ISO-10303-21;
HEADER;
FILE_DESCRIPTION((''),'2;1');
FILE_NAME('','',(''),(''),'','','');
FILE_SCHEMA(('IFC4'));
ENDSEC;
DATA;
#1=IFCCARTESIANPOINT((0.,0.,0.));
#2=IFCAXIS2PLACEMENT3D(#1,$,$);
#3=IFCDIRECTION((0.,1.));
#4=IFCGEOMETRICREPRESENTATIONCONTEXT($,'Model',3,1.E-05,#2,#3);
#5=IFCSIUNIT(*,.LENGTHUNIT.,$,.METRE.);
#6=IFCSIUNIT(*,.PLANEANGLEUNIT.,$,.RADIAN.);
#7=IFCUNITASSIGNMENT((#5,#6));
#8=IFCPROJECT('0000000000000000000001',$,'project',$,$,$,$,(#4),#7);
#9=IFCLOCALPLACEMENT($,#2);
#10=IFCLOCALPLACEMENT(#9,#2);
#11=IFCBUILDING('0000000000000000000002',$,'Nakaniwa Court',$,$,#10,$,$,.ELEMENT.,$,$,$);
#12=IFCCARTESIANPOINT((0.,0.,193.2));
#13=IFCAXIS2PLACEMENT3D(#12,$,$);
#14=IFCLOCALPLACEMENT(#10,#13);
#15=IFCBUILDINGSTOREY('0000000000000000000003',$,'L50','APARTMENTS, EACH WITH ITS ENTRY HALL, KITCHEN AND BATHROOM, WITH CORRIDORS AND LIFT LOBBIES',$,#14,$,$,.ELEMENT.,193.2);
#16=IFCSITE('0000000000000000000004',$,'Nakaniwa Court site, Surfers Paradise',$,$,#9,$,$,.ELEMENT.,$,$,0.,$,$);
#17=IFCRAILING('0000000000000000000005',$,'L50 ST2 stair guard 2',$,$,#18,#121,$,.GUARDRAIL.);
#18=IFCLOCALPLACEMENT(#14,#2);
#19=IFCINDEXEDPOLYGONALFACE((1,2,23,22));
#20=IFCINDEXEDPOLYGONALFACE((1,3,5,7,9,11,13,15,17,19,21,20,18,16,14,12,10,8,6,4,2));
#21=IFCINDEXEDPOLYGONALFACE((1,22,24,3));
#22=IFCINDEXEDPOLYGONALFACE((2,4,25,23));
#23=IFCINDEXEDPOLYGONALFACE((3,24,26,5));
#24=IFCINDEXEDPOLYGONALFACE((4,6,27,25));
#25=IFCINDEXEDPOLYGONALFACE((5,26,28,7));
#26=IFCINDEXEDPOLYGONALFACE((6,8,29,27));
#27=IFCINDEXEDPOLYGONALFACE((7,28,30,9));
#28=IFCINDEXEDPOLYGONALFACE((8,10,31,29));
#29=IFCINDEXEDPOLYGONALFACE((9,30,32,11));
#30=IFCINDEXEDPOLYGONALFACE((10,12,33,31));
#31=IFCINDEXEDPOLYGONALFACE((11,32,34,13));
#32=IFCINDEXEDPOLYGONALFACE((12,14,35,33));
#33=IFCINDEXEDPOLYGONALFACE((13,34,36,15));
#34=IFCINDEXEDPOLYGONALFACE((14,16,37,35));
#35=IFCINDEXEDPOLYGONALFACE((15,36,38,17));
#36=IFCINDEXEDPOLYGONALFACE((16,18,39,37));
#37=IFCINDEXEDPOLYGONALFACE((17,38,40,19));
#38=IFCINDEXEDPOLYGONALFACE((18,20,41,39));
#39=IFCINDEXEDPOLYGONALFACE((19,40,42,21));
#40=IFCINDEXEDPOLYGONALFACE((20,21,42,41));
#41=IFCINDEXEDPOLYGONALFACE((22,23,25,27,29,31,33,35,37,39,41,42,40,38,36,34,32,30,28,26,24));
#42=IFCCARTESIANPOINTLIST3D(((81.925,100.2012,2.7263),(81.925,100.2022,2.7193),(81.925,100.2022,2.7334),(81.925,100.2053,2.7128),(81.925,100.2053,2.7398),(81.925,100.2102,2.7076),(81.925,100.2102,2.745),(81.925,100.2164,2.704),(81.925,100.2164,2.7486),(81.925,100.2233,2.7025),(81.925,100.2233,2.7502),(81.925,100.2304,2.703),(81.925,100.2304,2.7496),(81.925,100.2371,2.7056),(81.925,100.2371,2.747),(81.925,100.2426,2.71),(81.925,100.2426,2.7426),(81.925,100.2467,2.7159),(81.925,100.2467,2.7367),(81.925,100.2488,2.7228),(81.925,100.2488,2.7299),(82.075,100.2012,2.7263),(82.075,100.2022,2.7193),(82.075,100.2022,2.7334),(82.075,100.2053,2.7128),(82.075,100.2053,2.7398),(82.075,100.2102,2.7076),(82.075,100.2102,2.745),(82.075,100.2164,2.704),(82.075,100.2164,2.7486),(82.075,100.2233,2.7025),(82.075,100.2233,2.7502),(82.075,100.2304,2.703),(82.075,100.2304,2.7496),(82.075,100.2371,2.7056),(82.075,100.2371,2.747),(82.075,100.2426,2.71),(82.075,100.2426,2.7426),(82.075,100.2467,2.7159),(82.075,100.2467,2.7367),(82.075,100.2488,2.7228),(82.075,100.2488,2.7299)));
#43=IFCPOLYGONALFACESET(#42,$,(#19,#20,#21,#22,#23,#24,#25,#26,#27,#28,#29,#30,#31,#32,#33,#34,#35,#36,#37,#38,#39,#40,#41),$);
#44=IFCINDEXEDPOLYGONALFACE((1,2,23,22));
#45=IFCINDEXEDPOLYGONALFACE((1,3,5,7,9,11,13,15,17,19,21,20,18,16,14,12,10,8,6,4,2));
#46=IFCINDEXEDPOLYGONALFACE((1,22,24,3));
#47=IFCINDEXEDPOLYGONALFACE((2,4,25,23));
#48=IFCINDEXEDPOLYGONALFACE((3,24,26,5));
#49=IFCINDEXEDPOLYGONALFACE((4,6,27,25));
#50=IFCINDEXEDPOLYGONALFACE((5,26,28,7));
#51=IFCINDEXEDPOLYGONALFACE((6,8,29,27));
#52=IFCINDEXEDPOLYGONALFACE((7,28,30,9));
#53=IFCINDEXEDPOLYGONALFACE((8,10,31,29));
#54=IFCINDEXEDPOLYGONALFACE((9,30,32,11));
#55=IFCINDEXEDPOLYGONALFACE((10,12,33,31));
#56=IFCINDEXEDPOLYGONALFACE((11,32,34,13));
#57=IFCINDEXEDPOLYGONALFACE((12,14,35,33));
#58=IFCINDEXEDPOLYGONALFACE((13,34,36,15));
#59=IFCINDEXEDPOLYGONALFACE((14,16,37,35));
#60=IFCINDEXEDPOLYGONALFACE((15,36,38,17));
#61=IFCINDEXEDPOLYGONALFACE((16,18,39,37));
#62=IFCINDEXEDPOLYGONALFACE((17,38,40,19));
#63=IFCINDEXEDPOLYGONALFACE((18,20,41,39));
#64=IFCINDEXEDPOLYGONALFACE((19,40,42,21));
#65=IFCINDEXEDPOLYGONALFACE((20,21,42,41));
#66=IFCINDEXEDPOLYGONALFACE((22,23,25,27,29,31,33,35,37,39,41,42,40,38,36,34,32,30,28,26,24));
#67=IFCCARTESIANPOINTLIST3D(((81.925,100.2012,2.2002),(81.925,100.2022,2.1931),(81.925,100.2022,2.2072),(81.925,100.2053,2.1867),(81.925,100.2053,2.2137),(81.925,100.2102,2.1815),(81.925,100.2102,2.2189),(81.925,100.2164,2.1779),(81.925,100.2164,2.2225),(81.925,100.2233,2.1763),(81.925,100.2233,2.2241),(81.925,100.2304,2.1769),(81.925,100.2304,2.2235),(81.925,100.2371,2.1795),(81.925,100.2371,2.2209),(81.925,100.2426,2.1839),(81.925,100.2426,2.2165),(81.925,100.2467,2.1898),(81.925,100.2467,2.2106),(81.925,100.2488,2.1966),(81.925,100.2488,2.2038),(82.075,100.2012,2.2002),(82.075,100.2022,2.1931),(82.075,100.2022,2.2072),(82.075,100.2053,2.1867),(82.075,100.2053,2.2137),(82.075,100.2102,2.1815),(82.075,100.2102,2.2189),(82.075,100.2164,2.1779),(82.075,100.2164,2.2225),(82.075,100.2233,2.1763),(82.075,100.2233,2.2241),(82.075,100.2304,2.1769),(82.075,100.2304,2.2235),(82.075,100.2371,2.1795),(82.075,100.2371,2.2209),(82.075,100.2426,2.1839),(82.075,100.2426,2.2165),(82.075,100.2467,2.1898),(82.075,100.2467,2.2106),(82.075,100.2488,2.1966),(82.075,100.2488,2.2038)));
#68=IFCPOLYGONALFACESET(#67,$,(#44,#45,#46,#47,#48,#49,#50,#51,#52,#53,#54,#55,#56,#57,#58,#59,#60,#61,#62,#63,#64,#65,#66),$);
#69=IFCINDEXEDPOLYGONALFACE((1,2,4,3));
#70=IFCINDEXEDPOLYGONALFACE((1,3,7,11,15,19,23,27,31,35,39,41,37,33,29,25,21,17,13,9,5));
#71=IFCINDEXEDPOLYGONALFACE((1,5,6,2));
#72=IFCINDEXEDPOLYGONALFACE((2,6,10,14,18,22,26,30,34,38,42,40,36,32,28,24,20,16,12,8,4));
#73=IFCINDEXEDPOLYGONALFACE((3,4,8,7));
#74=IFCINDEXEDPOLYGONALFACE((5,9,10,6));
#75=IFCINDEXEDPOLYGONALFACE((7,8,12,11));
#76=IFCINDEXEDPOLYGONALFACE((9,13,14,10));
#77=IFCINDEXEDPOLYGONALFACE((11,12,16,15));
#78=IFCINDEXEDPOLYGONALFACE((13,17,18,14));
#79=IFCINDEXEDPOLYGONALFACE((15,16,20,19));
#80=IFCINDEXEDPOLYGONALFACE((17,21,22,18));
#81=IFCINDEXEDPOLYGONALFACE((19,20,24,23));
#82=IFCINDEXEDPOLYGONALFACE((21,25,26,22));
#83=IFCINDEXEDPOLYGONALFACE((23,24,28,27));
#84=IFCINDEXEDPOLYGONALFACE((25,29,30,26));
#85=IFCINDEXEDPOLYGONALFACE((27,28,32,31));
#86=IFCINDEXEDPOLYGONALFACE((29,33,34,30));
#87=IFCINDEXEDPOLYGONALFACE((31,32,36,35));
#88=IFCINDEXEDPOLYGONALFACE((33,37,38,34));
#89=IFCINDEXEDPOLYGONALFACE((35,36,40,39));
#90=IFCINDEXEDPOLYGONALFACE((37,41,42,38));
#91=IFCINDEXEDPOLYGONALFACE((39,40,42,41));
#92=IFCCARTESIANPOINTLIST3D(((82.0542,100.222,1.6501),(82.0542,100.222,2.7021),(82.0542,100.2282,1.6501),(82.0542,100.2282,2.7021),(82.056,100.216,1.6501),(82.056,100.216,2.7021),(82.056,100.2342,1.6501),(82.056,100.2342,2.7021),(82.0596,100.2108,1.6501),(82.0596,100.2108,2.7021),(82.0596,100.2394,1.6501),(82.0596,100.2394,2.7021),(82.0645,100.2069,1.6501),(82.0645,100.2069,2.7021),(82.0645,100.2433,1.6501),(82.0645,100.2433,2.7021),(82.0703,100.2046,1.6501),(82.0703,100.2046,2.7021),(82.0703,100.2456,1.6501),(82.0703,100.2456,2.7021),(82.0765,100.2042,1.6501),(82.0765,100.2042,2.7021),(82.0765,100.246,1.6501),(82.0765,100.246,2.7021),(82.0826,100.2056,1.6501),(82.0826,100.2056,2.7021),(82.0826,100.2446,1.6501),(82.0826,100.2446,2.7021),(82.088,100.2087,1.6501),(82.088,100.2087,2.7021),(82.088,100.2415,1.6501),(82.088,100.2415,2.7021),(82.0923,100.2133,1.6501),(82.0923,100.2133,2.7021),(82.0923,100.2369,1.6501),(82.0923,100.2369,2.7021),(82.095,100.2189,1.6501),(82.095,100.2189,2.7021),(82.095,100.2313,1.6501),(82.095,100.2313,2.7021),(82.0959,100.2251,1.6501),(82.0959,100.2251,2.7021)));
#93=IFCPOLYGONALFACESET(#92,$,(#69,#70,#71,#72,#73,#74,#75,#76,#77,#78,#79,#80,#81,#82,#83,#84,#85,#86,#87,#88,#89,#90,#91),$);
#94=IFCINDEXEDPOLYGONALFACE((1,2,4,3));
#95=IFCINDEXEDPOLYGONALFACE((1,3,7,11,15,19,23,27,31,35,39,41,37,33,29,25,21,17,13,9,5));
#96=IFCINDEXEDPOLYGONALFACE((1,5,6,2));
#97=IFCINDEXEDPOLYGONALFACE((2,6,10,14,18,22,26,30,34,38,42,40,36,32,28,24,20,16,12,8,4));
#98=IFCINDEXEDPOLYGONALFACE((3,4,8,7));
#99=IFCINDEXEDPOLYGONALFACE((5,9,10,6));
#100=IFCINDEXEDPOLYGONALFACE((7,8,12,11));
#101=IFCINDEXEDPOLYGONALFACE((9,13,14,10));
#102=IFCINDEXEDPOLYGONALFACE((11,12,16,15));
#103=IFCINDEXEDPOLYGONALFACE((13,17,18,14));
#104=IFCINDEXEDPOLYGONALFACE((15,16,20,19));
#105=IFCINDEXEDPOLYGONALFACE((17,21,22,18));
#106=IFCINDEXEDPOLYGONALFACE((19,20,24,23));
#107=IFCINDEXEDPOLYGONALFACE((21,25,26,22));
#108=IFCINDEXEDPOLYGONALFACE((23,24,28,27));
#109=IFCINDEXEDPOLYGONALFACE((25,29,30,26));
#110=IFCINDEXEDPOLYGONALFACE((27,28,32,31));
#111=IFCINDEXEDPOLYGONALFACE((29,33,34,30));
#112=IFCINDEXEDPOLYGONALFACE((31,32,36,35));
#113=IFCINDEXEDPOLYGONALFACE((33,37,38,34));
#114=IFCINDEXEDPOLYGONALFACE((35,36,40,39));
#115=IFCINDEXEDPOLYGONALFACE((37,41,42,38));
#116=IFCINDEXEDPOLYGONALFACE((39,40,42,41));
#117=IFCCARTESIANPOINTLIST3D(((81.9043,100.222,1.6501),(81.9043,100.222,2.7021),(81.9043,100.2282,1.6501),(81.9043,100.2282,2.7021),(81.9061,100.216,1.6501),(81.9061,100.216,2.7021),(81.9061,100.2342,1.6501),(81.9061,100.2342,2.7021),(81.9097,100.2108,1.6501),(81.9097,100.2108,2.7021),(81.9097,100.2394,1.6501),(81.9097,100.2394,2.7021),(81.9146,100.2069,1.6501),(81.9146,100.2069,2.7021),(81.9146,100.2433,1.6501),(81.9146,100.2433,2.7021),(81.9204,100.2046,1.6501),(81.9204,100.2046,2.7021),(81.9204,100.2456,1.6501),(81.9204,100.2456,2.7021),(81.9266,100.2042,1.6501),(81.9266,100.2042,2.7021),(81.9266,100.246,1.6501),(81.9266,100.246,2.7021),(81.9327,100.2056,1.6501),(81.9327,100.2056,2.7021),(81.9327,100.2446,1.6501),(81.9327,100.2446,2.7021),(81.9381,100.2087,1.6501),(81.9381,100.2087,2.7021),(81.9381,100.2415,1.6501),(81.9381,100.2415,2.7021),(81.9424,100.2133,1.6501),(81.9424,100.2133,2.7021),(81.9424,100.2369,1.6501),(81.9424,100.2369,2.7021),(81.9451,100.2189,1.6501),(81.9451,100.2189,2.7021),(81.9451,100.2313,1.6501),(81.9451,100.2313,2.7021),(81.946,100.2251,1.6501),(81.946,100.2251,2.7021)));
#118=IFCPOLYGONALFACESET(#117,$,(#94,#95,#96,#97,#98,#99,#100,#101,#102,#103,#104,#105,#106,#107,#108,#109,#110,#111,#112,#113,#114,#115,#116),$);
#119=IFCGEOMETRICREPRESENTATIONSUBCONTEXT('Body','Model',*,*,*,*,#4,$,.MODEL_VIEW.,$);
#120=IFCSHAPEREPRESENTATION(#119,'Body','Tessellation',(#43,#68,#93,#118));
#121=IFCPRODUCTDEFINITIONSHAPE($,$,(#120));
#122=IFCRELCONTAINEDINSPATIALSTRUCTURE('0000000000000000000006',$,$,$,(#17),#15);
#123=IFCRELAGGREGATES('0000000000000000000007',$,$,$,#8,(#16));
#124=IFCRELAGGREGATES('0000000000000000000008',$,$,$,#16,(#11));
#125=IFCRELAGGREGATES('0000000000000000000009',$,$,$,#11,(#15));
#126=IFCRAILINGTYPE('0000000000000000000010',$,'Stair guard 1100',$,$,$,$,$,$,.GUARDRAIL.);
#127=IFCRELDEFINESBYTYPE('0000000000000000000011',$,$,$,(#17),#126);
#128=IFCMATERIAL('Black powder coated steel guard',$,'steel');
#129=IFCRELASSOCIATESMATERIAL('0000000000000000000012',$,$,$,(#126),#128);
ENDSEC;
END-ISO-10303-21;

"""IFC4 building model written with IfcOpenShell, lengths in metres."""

from ifc_helpers import new_model, si_unit, direction, frame, origin, origin_2d, place, context, subcontext, project, spatial, circle, extrude, material, type_object, element, save


model = new_model("IFC4")

# Units and contexts
model_context = context("Model", 3, precision=1e-05, world=origin(), true_north=direction((0.0, 1.0)))
body_context = subcontext(model_context, "Body", "Model", "MODEL_VIEW")
ifc_project = project(units=[si_unit("LENGTHUNIT", "METRE"), si_unit("PLANEANGLEUNIT", "RADIAN")], contexts=[model_context])

# Site, building, storey
site_placement = place(None, origin())
site = spatial("IfcSite", under=ifc_project, at=site_placement, Name="Nakaniwa Court site, Surfers Paradise", CompositionType="ELEMENT", RefElevation=0.0)
building_placement = place(site_placement, origin())
building = spatial("IfcBuilding", under=site, at=building_placement, Name="Nakaniwa Court", CompositionType="ELEMENT")
storey_placement = place(building_placement, frame((0.0, 0.0, 193.2)))
storey = spatial("IfcBuildingStorey", under=building, at=storey_placement, Name="L50", Description="APARTMENTS, EACH WITH ITS ENTRY HALL, KITCHEN AND BATHROOM, WITH CORRIDORS AND LIFT LOBBIES", CompositionType="ELEMENT", Elevation=193.2)

# Railing
ifc_material_1 = material(Name="Black powder coated steel guard", Category="steel")
railing_type_1 = type_object("IfcRailingType", Name="Stair guard 1100", PredefinedType="GUARDRAIL", material=ifc_material_1)
railing_1_placement = place(storey_placement, frame((82.075, 100.2251, 1.6501)))
element("IfcRailing", 1, at=railing_1_placement, inside=storey, type_object=railing_type_1, Name="L50 ST2 stair guard 2", PredefinedType="GUARDRAIL", context=body_context, shape_type="SweptSolid", body=[
    extrude(circle(Radius=0.0239, at=origin_2d()), frame((0.0, 0.0, 1.0762), z_axis=(-1.0, 0.0, 0.0), x_axis=(0.0, -1.0, 0.0)), (0.0, 0.0, 1.0), 0.1499),
    extrude(circle(Radius=0.0239, at=origin_2d()), frame((0.0, 0.0, 0.55), z_axis=(-1.0, 0.0, 0.0), x_axis=(0.0, -1.0, 0.0)), (0.0, 0.0, 1.0), 0.1499),
    extrude(circle(Radius=0.021, at=origin_2d()), origin(), (0.0, 0.0, 1.0), 1.052),
    extrude(circle(Radius=0.021, at=origin_2d()), frame((-0.1499, 0.0, 0.0)), (0.0, 0.0, 1.0), 1.052),
])

save(model, "model.ifc")
